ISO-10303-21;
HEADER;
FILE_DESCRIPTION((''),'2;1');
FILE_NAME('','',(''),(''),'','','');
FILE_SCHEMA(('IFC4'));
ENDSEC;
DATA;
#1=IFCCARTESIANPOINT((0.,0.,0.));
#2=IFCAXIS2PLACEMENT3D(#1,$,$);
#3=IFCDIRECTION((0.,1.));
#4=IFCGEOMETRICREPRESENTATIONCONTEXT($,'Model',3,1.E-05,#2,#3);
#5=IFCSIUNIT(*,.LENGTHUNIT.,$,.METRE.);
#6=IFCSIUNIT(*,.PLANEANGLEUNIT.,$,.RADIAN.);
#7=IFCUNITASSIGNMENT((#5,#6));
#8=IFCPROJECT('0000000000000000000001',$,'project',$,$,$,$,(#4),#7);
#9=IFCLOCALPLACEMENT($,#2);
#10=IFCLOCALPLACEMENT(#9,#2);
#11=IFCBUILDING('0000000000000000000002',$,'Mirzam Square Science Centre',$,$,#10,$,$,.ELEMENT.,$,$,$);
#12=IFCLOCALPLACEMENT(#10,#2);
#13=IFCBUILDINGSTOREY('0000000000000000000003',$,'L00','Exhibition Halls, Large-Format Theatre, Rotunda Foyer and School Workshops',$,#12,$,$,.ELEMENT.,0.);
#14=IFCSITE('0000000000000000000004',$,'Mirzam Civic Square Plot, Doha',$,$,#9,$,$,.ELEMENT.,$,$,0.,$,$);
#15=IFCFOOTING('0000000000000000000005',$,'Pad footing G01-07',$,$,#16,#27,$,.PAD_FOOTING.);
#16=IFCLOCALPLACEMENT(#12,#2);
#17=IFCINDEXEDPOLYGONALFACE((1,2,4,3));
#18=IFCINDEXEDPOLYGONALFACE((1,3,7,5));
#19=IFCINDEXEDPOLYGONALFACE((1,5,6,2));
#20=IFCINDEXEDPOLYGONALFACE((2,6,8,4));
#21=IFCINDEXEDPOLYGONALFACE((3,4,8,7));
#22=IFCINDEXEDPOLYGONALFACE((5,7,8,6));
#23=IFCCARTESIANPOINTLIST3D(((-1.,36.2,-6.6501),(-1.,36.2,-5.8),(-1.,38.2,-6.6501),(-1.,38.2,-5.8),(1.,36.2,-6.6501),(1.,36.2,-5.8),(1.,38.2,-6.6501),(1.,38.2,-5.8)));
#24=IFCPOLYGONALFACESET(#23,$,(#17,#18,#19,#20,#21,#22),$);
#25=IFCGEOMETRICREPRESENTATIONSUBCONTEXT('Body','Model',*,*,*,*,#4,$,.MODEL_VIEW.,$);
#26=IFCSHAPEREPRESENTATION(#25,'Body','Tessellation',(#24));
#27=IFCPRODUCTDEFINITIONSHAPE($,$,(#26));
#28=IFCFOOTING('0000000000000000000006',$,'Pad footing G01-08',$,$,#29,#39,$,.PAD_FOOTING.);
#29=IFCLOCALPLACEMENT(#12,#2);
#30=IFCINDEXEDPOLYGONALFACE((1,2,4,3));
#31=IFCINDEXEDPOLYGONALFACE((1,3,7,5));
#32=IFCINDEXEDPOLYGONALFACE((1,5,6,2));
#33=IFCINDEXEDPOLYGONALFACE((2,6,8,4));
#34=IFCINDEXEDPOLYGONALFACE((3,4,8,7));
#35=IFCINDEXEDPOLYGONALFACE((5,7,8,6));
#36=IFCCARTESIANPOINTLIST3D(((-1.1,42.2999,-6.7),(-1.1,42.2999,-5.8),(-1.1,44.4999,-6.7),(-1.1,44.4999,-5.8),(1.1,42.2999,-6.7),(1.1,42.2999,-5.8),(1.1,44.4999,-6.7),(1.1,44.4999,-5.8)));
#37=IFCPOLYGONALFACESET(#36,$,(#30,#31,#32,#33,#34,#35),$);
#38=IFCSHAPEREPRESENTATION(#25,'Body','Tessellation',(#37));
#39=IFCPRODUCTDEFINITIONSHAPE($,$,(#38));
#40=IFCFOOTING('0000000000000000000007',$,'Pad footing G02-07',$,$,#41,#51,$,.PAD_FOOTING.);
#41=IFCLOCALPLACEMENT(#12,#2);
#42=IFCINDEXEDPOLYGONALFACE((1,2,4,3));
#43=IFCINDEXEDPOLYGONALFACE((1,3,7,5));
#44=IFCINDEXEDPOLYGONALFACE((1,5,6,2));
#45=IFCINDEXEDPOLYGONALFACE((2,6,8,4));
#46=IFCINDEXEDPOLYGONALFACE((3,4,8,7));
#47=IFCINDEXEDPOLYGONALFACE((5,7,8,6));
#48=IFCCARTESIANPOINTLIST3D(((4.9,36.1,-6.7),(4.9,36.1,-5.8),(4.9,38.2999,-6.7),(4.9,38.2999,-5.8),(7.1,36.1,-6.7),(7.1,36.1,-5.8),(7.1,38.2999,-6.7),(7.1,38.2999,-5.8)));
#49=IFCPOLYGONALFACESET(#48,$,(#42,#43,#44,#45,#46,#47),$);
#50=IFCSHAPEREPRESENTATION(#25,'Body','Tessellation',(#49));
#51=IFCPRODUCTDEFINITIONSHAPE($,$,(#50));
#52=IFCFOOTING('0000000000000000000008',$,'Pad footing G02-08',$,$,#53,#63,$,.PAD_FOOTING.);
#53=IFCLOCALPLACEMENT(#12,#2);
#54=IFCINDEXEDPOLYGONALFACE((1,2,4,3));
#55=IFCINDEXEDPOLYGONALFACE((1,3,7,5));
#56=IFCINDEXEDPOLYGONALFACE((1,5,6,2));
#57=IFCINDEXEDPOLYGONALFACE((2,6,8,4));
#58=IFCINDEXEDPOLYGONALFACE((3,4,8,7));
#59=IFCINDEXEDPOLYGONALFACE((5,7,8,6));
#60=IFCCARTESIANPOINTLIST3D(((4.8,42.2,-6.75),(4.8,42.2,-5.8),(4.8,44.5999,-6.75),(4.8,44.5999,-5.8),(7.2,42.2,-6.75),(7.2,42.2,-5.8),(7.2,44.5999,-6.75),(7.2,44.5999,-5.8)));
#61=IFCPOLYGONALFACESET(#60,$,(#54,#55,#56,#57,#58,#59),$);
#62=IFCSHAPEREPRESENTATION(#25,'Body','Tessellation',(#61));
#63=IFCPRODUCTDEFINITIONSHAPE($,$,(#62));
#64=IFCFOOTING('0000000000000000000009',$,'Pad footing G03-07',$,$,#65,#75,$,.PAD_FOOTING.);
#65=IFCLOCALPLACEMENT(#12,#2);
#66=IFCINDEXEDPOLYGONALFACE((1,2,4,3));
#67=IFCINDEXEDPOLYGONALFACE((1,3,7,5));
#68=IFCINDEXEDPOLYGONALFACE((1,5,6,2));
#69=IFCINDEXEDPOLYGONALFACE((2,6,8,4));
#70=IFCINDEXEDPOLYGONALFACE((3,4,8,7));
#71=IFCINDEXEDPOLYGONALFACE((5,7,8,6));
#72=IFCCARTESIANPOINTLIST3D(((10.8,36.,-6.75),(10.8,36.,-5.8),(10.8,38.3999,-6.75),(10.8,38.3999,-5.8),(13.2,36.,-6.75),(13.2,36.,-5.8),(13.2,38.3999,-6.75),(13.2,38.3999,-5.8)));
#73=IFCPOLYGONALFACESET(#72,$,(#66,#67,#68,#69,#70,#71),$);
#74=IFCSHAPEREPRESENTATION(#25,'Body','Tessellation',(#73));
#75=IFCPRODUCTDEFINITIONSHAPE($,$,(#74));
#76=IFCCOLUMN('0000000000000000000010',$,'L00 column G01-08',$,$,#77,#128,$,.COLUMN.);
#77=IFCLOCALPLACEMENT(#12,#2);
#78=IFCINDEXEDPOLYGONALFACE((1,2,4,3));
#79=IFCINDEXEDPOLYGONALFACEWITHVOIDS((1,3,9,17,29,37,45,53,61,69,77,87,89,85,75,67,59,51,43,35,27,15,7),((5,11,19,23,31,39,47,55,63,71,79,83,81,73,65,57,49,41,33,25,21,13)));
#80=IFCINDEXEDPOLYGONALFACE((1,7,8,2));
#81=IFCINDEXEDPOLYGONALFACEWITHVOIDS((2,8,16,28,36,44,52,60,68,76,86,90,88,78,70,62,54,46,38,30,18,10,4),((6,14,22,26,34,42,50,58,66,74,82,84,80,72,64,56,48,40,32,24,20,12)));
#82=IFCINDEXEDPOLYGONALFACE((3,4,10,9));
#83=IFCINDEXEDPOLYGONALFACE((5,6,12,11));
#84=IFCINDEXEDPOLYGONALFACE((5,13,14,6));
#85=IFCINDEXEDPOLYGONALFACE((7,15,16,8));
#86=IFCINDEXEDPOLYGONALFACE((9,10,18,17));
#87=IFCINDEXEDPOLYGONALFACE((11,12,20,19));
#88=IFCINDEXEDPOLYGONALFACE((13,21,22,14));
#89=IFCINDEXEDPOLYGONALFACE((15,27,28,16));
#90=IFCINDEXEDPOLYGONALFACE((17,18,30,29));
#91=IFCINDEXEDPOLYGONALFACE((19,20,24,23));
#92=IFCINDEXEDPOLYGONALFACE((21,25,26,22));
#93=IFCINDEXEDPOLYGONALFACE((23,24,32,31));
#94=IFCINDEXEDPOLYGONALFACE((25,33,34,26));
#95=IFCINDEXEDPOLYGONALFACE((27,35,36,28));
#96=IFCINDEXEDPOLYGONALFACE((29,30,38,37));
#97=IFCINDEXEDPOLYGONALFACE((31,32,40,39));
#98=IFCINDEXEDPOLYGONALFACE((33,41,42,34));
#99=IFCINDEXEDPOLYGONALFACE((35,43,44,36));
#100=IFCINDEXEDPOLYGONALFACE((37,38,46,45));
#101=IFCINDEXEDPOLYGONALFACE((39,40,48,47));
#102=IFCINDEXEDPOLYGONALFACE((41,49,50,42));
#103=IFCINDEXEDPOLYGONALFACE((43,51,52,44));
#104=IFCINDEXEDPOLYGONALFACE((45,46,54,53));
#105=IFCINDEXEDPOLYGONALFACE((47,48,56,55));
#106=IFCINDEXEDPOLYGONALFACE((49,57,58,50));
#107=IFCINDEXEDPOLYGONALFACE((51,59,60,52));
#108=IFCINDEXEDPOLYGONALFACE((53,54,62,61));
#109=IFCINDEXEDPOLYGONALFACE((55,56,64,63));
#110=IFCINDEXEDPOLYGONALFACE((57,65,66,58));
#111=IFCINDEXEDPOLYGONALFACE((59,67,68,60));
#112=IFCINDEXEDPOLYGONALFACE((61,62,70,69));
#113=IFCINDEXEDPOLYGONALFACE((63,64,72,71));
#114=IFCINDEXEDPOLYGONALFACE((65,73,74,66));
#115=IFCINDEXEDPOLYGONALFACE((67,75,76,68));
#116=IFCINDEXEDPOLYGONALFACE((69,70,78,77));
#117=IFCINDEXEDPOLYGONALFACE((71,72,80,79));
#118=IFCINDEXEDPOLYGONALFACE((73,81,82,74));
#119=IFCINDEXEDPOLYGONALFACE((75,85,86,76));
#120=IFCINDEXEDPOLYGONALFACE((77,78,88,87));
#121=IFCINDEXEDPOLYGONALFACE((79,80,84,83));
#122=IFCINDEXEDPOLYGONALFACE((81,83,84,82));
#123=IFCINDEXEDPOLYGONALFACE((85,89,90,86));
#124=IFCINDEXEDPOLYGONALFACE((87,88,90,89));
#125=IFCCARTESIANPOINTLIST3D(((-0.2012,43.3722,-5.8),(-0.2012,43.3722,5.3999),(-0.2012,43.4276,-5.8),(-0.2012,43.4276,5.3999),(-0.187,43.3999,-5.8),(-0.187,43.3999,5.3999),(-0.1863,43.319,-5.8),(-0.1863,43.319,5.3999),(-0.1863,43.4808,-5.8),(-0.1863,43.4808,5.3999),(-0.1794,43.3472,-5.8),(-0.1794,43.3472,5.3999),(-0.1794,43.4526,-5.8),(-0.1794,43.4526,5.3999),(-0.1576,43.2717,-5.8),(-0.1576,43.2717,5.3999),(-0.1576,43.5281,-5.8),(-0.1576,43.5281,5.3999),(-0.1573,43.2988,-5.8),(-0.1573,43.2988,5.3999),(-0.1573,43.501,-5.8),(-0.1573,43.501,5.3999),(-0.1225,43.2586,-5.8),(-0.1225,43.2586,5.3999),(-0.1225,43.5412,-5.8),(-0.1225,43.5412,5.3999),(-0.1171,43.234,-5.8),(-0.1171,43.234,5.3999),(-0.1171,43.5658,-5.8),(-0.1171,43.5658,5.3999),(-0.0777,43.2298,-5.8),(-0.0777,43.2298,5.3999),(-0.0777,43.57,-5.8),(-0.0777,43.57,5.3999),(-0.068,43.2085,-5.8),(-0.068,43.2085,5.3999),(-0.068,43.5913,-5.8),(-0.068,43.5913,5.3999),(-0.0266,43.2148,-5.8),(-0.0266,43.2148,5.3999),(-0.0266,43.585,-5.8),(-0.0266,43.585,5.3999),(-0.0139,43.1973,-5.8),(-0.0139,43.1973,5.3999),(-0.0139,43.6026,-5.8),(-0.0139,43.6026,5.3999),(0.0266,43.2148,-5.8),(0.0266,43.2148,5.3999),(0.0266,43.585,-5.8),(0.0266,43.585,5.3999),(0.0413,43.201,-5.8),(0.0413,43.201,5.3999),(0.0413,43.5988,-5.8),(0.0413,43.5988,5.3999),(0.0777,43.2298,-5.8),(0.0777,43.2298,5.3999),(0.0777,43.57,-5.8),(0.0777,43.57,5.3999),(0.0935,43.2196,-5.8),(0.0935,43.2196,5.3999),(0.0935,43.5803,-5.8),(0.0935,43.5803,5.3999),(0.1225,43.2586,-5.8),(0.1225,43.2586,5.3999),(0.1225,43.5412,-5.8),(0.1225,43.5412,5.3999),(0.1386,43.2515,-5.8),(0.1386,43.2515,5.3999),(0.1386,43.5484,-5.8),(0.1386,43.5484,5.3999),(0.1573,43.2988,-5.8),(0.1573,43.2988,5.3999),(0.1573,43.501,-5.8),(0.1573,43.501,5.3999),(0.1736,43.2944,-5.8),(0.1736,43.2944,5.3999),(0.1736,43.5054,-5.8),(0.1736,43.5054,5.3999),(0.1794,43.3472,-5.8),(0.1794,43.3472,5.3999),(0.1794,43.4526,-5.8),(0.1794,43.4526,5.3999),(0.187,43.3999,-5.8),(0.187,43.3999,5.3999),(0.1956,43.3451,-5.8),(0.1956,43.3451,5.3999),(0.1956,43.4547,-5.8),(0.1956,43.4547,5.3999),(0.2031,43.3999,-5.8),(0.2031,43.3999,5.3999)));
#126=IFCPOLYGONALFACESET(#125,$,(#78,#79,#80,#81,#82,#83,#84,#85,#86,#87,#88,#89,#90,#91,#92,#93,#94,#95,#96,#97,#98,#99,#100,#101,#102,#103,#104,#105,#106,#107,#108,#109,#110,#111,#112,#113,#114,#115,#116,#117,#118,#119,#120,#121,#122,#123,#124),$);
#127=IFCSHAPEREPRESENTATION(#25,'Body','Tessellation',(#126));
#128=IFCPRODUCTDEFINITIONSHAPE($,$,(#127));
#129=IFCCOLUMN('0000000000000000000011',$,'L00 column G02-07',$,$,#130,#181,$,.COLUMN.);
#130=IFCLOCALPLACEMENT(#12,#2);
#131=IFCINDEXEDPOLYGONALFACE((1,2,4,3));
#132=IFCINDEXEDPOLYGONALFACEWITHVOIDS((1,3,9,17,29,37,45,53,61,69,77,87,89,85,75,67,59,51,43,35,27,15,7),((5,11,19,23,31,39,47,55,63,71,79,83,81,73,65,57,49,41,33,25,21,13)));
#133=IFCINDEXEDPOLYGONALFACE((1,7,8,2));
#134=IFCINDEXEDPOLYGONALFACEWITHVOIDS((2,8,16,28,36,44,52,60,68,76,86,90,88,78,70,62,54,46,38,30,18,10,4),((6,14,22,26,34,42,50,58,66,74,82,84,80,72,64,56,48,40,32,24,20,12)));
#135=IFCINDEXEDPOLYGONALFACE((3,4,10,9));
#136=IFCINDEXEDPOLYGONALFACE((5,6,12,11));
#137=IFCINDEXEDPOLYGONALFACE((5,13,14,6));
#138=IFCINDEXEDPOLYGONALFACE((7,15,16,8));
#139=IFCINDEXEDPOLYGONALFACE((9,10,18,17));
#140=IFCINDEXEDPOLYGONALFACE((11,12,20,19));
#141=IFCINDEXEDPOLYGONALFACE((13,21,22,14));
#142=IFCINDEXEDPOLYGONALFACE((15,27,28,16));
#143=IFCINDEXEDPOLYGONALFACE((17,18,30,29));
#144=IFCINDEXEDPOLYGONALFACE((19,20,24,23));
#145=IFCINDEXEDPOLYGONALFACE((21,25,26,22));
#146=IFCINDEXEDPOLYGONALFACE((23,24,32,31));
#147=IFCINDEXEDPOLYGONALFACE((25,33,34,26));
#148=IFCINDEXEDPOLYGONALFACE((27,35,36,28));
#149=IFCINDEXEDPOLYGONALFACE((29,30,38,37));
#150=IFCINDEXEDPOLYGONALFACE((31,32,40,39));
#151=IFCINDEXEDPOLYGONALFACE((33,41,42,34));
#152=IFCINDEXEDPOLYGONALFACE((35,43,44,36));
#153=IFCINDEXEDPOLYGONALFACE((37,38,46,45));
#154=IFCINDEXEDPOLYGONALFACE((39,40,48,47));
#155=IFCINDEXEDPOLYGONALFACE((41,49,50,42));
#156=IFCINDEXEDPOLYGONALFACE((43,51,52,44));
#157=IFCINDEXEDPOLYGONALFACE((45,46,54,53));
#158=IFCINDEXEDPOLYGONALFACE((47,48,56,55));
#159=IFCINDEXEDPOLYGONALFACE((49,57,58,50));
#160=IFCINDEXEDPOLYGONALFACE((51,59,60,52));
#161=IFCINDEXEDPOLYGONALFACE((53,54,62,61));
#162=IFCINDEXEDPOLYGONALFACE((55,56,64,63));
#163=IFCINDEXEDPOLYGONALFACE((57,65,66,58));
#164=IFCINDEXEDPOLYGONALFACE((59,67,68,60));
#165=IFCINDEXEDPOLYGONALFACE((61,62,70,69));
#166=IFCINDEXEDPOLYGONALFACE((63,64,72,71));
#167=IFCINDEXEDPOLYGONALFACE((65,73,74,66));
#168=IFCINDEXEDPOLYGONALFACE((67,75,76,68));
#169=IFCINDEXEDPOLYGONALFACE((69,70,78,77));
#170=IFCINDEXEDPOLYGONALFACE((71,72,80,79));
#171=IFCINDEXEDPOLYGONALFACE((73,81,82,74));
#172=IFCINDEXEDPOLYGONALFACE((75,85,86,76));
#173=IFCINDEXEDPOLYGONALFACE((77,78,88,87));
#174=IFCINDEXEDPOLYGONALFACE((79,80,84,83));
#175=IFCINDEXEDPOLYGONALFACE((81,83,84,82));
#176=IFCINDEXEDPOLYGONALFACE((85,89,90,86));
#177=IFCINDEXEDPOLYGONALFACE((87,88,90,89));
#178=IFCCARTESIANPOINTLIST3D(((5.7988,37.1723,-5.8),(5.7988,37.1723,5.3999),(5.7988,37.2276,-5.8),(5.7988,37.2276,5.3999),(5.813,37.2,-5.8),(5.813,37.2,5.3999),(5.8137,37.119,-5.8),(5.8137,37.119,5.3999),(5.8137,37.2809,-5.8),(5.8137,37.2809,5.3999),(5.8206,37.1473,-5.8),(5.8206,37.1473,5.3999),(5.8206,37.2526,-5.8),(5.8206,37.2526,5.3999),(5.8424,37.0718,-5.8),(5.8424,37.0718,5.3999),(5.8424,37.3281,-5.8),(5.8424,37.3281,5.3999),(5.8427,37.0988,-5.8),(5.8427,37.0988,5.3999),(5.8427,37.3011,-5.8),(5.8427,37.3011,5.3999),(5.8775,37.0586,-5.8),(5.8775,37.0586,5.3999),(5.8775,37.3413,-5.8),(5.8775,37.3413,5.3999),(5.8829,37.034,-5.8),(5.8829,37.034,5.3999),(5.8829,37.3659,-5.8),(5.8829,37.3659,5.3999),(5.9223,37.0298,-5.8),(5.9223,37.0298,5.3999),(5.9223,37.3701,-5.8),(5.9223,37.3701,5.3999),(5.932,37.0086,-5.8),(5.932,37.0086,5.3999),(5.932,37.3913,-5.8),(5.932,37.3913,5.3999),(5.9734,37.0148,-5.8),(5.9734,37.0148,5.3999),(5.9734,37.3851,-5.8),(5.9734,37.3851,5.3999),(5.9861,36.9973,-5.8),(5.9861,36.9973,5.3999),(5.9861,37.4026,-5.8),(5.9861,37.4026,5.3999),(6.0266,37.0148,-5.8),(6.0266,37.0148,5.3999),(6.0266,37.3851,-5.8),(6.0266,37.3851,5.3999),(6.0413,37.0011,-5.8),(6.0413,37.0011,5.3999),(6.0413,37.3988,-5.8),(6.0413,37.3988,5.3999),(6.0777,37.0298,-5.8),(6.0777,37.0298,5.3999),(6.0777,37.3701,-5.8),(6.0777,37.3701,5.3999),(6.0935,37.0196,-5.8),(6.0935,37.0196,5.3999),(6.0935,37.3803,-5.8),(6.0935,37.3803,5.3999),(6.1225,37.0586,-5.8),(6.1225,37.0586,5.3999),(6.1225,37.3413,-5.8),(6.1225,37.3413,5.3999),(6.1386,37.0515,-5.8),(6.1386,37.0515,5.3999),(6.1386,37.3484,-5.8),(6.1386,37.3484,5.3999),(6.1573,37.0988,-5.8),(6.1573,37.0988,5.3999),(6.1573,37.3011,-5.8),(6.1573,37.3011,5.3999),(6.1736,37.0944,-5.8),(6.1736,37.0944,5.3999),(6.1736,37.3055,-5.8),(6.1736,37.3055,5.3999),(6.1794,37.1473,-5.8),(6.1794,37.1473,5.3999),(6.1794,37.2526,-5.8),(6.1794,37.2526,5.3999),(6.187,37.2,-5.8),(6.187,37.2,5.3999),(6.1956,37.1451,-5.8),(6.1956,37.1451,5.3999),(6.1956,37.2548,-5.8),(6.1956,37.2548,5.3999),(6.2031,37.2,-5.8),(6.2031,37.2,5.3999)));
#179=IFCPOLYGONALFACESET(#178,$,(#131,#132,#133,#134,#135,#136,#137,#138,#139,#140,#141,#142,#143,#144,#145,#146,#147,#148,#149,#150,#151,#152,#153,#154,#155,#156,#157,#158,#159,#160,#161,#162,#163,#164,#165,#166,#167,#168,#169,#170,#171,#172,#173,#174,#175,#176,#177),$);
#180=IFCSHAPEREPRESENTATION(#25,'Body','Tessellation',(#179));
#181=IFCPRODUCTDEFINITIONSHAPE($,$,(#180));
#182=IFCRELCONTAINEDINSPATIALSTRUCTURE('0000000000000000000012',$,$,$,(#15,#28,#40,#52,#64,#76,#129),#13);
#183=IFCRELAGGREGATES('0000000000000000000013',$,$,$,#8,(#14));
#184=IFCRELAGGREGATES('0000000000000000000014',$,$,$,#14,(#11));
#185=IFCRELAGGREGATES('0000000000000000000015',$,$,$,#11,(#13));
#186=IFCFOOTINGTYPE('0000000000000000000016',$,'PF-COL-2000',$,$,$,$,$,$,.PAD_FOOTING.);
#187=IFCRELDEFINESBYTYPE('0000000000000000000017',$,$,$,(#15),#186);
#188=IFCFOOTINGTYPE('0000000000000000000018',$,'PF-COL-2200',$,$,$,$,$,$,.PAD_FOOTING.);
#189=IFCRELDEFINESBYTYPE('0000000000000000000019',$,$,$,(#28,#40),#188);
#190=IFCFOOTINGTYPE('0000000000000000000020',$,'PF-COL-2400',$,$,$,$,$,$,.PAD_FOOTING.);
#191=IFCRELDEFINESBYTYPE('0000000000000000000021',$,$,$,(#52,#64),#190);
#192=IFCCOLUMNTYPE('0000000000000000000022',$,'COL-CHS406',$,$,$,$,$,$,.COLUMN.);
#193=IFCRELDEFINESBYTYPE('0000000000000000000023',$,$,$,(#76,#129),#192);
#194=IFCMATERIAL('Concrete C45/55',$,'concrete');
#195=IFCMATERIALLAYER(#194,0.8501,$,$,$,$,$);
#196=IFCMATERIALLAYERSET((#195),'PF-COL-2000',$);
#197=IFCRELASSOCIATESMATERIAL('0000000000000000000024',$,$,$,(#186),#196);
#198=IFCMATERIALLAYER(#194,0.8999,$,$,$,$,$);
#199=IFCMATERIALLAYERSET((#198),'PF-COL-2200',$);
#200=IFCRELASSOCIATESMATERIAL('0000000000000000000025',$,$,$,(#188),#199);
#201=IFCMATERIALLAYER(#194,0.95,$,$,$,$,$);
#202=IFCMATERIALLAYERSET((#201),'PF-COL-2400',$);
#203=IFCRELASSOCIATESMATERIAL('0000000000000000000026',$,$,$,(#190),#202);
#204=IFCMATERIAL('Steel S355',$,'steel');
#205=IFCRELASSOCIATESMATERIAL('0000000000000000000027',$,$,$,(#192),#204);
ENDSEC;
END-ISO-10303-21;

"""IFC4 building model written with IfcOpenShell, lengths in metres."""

from ifc_helpers import new_model, si_unit, direction, frame, origin, origin_2d, place, context, subcontext, project, spatial, rectangle, hollow_circle, extrude, material, layer, layer_set, material_profile, profile_set, type_object, element, save


model = new_model("IFC4")

# Units and contexts
model_context = context("Model", 3, precision=1e-05, world=origin(), true_north=direction((0.0, 1.0)))
body_context = subcontext(model_context, "Body", "Model", "MODEL_VIEW")
ifc_project = project(units=[si_unit("LENGTHUNIT", "METRE"), si_unit("PLANEANGLEUNIT", "RADIAN")], contexts=[model_context])

# Site, building, storey
site_placement = place(None, origin())
site = spatial("IfcSite", under=ifc_project, at=site_placement, Name="Mirzam Civic Square Plot, Doha", CompositionType="ELEMENT", RefElevation=0.0)
building_placement = place(site_placement, origin())
building = spatial("IfcBuilding", under=site, at=building_placement, Name="Mirzam Square Science Centre", CompositionType="ELEMENT")
storey_placement = place(building_placement, origin())
storey = spatial("IfcBuildingStorey", under=building, at=storey_placement, Name="L00", Description="Exhibition Halls, Large-Format Theatre, Rotunda Foyer and School Workshops", CompositionType="ELEMENT", Elevation=0.0)

# Footings
ifc_material_1 = material(Name="Concrete C45/55", Category="concrete")
ifc_layer_1 = layer(ifc_material_1, 0.8501)
ifc_layer_set_1 = layer_set([ifc_layer_1], Name="PF-COL-2000")
footing_type_1 = type_object("IfcFootingType", Name="PF-COL-2000", PredefinedType="PAD_FOOTING", material=ifc_layer_set_1)
footing_placement = place(storey_placement, frame((0.0, 37.2, -6.6501), z_axis=(0.0, 0.0, 1.0), x_axis=(1.0, 0.0, 0.0)))
element("IfcFooting", 1, at=footing_placement, inside=storey, type_object=footing_type_1, Name="Pad footing G01-07", PredefinedType="PAD_FOOTING", context=body_context, shape_type="SweptSolid", body=[
    extrude(rectangle(XDim=2.0, YDim=2.0, at=origin_2d()), origin(), (0.0, 0.0, 1.0), 0.8501),
])
ifc_layer_2 = layer(ifc_material_1, 0.8999)
ifc_layer_set_2 = layer_set([ifc_layer_2], Name="PF-COL-2200")
footing_type_2 = type_object("IfcFootingType", Name="PF-COL-2200", PredefinedType="PAD_FOOTING", material=ifc_layer_set_2)
for number, where, z_axis, x_axis, name in (
    (2, (0.0, 43.3999, -6.7), (0.0, 0.0, 1.0), (1.0, 0.0, 0.0), "Pad footing G01-08"),
    (3, (6.0, 37.2, -6.7), (0.0, 0.0, 1.0), (1.0, 0.0, 0.0), "Pad footing G02-07"),
):
    element("IfcFooting", number, at=place(storey_placement, frame(where, z_axis=z_axis, x_axis=x_axis)), inside=storey, type_object=footing_type_2, Name=name, PredefinedType="PAD_FOOTING", context=body_context, shape_type="SweptSolid", body=[
        extrude(rectangle(XDim=2.2, YDim=2.2, at=origin_2d()), origin(), (0.0, 0.0, 1.0), 0.8999),
    ])
ifc_layer_3 = layer(ifc_material_1, 0.95)
ifc_layer_set_3 = layer_set([ifc_layer_3], Name="PF-COL-2400")
footing_type_3 = type_object("IfcFootingType", Name="PF-COL-2400", PredefinedType="PAD_FOOTING", material=ifc_layer_set_3)
for number, where, z_axis, x_axis, name in (
    (4, (6.0, 43.3999, -6.75), (0.0, 0.0, 1.0), (1.0, 0.0, 0.0), "Pad footing G02-08"),
    (5, (12.0, 37.2, -6.75), (0.0, 0.0, 1.0), (1.0, 0.0, 0.0), "Pad footing G03-07"),
):
    element("IfcFooting", number, at=place(storey_placement, frame(where, z_axis=z_axis, x_axis=x_axis)), inside=storey, type_object=footing_type_3, Name=name, PredefinedType="PAD_FOOTING", context=body_context, shape_type="SweptSolid", body=[
        extrude(rectangle(XDim=2.3999, YDim=2.3999, at=origin_2d()), origin(), (0.0, 0.0, 1.0), 0.95),
    ])

# Columns
ifc_material_2 = material(Name="Steel S355", Category="steel")
ifc_material_profile_1 = material_profile(ifc_material_2, hollow_circle(Radius=0.2031, WallThickness=0.0161, at=origin_2d()), Name="406.4x16.0CHS")
ifc_profile_set_1 = profile_set([ifc_material_profile_1], Name="Steel S355")
column_type_1 = type_object("IfcColumnType", Name="COL-CHS406", PredefinedType="COLUMN", material=ifc_profile_set_1)
for number, where, z_axis, x_axis, name in (
    (6, (0.0, 43.3999, -5.8), (0.0, 0.0, 1.0), (1.0, 0.0, 0.0), "L00 column G01-08"),
    (7, (6.0, 37.2, -5.8), (0.0, 0.0, 1.0), (1.0, 0.0, 0.0), "L00 column G02-07"),
):
    element("IfcColumn", number, at=place(storey_placement, frame(where, z_axis=z_axis, x_axis=x_axis)), inside=storey, type_object=column_type_1, Name=name, PredefinedType="COLUMN", context=body_context, shape_type="SweptSolid", body=[
        extrude(hollow_circle(Radius=0.2031, WallThickness=0.0161, at=origin_2d()), origin(), (0.0, 0.0, 1.0), 11.2),
    ])

save(model, "model.ifc")
